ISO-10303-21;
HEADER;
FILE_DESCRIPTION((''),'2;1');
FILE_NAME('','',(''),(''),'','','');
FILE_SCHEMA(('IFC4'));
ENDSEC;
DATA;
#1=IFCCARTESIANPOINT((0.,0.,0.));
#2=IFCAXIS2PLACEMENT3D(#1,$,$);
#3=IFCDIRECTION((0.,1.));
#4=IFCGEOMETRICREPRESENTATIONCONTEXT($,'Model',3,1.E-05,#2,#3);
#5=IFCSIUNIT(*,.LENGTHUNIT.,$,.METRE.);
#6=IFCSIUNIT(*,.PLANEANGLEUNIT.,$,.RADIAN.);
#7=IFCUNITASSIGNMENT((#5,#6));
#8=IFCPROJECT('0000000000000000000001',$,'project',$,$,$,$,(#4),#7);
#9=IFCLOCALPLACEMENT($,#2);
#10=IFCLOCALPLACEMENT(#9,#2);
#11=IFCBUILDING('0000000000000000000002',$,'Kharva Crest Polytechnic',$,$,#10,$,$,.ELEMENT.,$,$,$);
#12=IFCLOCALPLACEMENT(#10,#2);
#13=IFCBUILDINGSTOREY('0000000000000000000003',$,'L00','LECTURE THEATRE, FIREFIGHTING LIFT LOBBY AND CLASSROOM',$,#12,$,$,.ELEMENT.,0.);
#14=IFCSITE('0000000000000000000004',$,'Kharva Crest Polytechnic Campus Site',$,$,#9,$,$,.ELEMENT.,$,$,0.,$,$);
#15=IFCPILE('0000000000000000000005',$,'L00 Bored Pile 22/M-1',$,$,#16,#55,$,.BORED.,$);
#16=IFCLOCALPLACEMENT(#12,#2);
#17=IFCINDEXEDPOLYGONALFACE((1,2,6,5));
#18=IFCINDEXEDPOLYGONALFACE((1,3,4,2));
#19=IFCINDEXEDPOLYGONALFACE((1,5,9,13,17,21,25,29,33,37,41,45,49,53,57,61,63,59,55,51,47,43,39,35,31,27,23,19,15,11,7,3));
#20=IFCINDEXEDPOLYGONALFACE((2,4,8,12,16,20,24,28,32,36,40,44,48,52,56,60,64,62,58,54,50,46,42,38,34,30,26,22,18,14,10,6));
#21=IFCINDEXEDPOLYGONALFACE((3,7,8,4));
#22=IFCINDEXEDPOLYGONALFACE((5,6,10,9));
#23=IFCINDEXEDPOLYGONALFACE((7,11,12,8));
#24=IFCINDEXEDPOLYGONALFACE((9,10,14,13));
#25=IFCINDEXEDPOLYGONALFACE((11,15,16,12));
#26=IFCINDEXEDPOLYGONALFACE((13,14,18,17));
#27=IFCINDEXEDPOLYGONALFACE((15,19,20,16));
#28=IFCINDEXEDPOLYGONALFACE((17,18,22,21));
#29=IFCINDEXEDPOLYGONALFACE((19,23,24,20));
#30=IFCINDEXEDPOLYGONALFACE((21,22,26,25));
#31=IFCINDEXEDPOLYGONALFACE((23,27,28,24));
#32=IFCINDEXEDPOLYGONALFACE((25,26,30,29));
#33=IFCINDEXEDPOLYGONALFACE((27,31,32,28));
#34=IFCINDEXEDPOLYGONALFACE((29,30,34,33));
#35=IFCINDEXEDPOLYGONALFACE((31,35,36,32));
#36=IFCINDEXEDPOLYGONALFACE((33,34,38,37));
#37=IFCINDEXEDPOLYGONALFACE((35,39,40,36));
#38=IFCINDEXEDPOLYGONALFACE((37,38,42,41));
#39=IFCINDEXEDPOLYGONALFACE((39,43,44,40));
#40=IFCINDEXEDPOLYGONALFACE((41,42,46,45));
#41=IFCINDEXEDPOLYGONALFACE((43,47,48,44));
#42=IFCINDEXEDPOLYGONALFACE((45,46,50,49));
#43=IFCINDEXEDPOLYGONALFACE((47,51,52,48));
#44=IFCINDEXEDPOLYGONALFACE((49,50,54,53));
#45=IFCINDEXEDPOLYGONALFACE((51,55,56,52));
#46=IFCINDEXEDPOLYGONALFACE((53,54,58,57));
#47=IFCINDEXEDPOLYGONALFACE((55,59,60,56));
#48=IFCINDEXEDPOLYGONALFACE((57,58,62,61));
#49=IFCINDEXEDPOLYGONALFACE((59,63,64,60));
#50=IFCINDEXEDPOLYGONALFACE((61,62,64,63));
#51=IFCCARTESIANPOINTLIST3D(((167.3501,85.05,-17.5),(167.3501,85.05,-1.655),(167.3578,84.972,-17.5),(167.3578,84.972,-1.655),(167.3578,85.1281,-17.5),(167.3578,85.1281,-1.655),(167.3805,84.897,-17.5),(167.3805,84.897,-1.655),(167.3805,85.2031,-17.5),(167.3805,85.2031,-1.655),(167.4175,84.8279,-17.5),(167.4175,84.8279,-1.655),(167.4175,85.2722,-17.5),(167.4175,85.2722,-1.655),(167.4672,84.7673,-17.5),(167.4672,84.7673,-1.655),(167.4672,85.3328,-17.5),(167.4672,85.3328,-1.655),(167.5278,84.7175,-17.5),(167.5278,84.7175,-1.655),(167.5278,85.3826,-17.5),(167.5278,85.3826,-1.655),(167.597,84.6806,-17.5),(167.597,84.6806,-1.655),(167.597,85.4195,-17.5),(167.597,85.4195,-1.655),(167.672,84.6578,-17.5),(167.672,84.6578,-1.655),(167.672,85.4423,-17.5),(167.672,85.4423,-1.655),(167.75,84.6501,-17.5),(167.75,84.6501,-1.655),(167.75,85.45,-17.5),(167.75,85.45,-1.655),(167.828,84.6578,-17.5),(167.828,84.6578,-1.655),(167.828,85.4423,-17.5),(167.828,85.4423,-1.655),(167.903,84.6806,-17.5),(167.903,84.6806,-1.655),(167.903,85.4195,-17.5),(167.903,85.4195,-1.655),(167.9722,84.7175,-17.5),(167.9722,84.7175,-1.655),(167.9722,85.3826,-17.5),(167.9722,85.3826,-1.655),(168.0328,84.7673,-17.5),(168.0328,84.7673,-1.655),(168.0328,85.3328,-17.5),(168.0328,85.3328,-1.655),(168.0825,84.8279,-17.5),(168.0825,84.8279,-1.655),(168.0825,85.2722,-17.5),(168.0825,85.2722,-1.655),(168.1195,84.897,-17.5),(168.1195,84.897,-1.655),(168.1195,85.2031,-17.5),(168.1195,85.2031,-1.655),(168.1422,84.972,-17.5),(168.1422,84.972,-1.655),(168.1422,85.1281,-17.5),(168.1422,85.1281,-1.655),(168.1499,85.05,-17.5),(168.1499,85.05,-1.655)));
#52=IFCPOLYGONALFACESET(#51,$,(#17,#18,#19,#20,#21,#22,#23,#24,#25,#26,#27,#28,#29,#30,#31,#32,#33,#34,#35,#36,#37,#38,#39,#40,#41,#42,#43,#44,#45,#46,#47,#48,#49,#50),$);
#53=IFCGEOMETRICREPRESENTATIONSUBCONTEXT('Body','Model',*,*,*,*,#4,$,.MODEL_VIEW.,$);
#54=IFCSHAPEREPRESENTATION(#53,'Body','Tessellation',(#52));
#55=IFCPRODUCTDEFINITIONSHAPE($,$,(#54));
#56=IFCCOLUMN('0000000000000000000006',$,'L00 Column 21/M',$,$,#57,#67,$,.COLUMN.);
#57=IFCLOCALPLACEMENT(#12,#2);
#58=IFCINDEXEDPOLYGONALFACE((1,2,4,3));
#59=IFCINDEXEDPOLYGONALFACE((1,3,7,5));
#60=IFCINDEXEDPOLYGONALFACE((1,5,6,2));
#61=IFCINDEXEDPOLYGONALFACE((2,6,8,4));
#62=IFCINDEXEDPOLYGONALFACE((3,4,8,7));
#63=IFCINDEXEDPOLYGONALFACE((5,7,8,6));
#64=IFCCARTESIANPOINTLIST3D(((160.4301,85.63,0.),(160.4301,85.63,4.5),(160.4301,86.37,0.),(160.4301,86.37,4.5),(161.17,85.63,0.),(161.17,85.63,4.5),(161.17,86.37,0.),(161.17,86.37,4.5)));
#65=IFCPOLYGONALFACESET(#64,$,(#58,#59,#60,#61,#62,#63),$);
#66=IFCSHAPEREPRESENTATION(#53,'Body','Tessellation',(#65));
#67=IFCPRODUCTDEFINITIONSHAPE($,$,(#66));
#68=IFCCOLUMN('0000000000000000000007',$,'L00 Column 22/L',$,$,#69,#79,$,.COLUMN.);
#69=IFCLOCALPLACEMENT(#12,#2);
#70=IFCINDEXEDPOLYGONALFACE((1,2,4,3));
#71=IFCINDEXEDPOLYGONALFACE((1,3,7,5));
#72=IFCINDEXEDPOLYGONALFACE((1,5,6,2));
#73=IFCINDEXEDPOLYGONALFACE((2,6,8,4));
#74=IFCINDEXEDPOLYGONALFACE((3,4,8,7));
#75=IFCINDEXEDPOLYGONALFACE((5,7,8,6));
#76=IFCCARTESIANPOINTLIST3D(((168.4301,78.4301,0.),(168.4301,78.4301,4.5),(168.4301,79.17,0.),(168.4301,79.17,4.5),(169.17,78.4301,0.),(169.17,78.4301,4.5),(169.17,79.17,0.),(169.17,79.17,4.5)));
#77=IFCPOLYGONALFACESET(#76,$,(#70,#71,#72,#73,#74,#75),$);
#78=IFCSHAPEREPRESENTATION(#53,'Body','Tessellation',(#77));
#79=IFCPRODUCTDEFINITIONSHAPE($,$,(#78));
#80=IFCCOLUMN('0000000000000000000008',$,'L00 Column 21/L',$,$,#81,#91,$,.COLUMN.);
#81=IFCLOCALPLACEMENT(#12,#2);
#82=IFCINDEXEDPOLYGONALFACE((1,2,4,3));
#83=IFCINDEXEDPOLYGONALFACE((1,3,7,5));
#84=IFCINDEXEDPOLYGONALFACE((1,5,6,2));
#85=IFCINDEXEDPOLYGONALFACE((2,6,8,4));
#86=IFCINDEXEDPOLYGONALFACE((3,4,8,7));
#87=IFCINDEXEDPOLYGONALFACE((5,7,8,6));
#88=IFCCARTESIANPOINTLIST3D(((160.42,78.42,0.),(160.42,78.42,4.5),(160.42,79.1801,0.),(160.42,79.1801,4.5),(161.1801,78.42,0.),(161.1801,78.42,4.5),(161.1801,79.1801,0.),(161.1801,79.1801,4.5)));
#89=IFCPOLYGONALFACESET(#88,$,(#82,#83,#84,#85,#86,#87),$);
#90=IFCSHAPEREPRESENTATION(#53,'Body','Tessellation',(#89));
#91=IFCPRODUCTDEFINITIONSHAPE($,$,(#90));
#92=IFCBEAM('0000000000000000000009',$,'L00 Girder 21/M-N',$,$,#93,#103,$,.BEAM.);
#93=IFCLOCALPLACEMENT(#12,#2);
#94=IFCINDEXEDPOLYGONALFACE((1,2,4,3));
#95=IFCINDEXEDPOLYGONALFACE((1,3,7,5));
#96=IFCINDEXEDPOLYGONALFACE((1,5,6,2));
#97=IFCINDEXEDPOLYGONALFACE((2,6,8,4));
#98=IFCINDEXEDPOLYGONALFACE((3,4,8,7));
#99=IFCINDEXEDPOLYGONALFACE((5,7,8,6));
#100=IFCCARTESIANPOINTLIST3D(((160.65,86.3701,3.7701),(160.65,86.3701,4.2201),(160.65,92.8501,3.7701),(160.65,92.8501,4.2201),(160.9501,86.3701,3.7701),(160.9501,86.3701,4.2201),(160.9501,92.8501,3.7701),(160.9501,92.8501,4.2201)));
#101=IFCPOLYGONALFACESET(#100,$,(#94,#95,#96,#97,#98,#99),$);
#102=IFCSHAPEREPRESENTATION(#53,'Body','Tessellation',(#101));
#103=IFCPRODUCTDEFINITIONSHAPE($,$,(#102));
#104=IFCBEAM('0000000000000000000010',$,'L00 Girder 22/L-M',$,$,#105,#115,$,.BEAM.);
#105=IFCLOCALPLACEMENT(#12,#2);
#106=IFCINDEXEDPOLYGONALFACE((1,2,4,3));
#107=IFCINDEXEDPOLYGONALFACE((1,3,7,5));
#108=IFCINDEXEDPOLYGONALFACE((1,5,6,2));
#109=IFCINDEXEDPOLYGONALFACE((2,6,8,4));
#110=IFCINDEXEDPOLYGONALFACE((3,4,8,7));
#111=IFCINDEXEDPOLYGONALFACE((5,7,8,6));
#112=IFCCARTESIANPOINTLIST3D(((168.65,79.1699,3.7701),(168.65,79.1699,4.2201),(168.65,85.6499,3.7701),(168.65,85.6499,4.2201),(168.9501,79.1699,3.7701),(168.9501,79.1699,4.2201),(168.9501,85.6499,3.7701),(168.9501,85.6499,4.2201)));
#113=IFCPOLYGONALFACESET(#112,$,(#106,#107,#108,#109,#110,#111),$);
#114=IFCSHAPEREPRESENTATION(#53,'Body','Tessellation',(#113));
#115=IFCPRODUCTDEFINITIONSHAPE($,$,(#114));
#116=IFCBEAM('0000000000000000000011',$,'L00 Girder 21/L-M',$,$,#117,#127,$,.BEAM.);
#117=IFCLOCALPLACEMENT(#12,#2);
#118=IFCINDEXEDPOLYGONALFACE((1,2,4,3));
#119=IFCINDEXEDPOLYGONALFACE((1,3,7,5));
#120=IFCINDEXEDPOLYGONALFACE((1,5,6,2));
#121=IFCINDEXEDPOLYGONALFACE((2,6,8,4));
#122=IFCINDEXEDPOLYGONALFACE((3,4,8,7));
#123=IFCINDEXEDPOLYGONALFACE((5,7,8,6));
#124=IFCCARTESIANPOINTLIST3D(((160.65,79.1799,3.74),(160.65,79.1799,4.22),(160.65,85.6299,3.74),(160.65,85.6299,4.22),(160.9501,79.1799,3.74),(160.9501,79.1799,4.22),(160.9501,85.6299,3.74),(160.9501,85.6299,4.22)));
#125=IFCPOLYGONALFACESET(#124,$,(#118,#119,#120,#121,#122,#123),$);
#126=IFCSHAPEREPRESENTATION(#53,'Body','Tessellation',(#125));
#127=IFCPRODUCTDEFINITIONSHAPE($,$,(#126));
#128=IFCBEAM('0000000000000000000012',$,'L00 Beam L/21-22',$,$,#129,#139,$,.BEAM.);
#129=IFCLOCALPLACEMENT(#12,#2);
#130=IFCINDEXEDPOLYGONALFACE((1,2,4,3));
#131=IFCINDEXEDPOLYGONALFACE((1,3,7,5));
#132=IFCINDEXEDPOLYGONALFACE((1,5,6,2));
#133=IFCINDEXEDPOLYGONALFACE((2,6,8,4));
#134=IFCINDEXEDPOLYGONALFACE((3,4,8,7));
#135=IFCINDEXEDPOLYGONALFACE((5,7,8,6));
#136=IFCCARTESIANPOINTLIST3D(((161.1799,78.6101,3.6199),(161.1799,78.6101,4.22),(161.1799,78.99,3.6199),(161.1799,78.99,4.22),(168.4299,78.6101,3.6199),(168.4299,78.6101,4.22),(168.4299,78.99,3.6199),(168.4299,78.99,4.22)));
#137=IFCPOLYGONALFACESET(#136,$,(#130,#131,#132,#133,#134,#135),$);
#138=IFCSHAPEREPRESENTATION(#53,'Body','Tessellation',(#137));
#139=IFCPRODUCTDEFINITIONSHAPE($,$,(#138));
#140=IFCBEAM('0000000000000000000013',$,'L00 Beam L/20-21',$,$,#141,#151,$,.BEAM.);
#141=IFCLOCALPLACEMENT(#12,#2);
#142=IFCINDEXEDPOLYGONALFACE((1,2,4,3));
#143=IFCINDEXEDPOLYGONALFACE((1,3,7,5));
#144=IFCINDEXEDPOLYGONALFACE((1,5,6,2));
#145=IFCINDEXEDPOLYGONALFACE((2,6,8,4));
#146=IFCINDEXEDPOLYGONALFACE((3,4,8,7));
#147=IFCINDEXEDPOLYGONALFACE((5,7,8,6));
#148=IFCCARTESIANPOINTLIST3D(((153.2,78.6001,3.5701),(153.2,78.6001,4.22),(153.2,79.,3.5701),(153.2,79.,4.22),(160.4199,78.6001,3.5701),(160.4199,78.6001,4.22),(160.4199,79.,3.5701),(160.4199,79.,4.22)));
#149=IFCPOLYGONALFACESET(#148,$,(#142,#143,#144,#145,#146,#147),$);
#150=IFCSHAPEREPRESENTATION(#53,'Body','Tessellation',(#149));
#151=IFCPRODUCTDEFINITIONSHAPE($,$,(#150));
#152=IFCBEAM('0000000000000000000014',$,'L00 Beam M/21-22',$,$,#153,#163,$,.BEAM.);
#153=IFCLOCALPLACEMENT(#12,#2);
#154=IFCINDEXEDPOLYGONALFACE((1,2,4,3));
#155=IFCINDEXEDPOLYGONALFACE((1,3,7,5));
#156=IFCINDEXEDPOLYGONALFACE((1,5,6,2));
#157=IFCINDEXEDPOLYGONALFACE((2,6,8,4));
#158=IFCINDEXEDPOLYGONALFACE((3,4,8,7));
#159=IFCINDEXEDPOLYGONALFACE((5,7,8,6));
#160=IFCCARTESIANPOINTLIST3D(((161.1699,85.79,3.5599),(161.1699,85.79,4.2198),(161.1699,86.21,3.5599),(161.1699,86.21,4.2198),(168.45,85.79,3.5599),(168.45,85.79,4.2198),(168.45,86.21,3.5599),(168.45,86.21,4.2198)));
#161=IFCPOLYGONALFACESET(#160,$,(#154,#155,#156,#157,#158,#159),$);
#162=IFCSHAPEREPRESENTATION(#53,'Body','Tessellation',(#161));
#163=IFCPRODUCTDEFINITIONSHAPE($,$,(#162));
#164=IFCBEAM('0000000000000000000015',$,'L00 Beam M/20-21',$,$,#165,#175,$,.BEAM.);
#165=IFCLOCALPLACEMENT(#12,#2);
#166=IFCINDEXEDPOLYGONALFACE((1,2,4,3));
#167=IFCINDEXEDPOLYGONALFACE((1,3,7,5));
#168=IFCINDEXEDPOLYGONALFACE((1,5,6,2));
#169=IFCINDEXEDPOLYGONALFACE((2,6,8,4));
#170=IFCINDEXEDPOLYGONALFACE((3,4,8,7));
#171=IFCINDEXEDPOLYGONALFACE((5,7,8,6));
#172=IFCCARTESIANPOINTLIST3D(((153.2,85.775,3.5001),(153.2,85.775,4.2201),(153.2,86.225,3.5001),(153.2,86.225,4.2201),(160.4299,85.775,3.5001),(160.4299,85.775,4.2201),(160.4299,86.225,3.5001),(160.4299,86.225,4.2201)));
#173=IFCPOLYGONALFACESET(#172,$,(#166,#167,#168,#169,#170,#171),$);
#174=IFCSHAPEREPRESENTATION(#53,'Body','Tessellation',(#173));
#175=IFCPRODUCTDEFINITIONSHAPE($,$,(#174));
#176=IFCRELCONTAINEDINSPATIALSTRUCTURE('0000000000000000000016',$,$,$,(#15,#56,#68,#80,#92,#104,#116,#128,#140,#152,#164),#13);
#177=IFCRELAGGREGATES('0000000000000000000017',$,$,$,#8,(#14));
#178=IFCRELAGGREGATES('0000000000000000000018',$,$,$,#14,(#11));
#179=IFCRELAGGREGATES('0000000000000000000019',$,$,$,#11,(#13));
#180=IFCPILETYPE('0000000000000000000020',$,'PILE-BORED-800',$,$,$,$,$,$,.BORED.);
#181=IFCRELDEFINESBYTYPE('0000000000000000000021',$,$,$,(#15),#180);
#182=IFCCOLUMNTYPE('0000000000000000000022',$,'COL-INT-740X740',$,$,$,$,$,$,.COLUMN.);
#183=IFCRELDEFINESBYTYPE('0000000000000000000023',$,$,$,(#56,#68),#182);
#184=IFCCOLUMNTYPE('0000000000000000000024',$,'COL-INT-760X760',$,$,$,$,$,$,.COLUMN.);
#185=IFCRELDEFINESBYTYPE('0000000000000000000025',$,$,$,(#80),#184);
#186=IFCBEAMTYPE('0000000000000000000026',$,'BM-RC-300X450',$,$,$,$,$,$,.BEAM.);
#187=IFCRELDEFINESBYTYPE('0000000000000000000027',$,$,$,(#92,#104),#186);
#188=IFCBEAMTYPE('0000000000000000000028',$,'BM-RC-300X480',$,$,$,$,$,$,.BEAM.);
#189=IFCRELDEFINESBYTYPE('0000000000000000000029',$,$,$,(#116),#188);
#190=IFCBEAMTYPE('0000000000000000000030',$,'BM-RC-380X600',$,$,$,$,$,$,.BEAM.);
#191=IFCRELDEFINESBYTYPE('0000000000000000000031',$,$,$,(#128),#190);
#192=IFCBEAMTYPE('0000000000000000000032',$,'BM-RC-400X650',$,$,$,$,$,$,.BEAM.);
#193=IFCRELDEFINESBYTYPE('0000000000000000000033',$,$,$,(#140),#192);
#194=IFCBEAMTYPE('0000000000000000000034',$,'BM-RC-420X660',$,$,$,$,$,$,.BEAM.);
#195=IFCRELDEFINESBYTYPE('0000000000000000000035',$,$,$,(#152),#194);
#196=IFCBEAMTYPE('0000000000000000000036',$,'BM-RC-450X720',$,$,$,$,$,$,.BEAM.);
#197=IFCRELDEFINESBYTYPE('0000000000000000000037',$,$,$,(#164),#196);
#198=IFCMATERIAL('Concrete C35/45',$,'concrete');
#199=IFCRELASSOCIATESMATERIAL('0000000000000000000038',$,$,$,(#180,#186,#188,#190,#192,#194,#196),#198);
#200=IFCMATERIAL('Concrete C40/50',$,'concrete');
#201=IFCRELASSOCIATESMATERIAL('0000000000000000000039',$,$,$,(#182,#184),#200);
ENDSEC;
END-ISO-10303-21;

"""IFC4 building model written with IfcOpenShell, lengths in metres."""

from ifc_helpers import new_model, si_unit, direction, frame, origin, origin_2d, place, context, subcontext, project, spatial, rectangle, circle, extrude, material, material_profile, profile_set, type_object, element, save


model = new_model("IFC4")

# Units and contexts
model_context = context("Model", 3, precision=1e-05, world=origin(), true_north=direction((0.0, 1.0)))
body_context = subcontext(model_context, "Body", "Model", "MODEL_VIEW")
ifc_project = project(units=[si_unit("LENGTHUNIT", "METRE"), si_unit("PLANEANGLEUNIT", "RADIAN")], contexts=[model_context])

# Site, building, storey
site_placement = place(None, origin())
site = spatial("IfcSite", under=ifc_project, at=site_placement, Name="Kharva Crest Polytechnic Campus Site", CompositionType="ELEMENT", RefElevation=0.0)
building_placement = place(site_placement, origin())
building = spatial("IfcBuilding", under=site, at=building_placement, Name="Kharva Crest Polytechnic", CompositionType="ELEMENT")
storey_placement = place(building_placement, origin())
storey = spatial("IfcBuildingStorey", under=building, at=storey_placement, Name="L00", Description="LECTURE THEATRE, FIREFIGHTING LIFT LOBBY AND CLASSROOM", CompositionType="ELEMENT", Elevation=0.0)

# Shared definitions
ifc_material_1 = material(Name="Concrete C35/45", Category="concrete")

# Pile
ifc_material_profile_1 = material_profile(ifc_material_1, circle(Radius=0.3999, at=origin_2d()), Name="DIA 800")
ifc_profile_set_1 = profile_set([ifc_material_profile_1], Name="Concrete C35/45")
pile_type = type_object("IfcPileType", Name="PILE-BORED-800", PredefinedType="BORED", material=ifc_profile_set_1)
for number, where, z_axis, x_axis, name in (
    (1, (167.75, 85.05, -1.655), (0.0, 0.0, -1.0), (1.0, 0.0, 0.0), "L00 Bored Pile 22/M-1"),
):
    element("IfcPile", number, at=place(storey_placement, frame(where, z_axis=z_axis, x_axis=x_axis)), inside=storey, type_object=pile_type, Name=name, PredefinedType="BORED", context=body_context, shape_type="SweptSolid", body=[
        extrude(circle(Radius=0.3999, at=origin_2d()), origin(), (0.0, 0.0, 1.0), 15.845),
    ])

# Columns
ifc_material_2 = material(Name="Concrete C40/50", Category="concrete")
ifc_material_profile_2 = material_profile(ifc_material_2, rectangle(XDim=0.74, YDim=0.74, at=origin_2d()), Name="RECT 740 X 740")
ifc_profile_set_2 = profile_set([ifc_material_profile_2], Name="Concrete C40/50")
column_type_1 = type_object("IfcColumnType", Name="COL-INT-740X740", PredefinedType="COLUMN", material=ifc_profile_set_2)
for number, where, z_axis, x_axis, name in (
    (2, (160.8, 86.0, 0.0), (0.0, 0.0, 1.0), (1.0, 0.0, 0.0), "L00 Column 21/M"),
    (3, (168.8, 78.8, 0.0), (0.0, 0.0, 1.0), (1.0, 0.0, 0.0), "L00 Column 22/L"),
):
    element("IfcColumn", number, at=place(storey_placement, frame(where, z_axis=z_axis, x_axis=x_axis)), inside=storey, type_object=column_type_1, Name=name, PredefinedType="COLUMN", context=body_context, shape_type="SweptSolid", body=[
        extrude(rectangle(XDim=0.74, YDim=0.74, at=origin_2d()), origin(), (0.0, 0.0, 1.0), 4.5),
    ])
ifc_material_profile_3 = material_profile(ifc_material_2, rectangle(XDim=0.76, YDim=0.76, at=origin_2d()), Name="RECT 760 X 760")
ifc_profile_set_3 = profile_set([ifc_material_profile_3], Name="Concrete C40/50")
column_type_2 = type_object("IfcColumnType", Name="COL-INT-760X760", PredefinedType="COLUMN", material=ifc_profile_set_3)
column_placement = place(storey_placement, frame((160.8, 78.8, 0.0), z_axis=(0.0, 0.0, 1.0), x_axis=(1.0, 0.0, 0.0)))
element("IfcColumn", 4, at=column_placement, inside=storey, type_object=column_type_2, Name="L00 Column 21/L", PredefinedType="COLUMN", context=body_context, shape_type="SweptSolid", body=[
    extrude(rectangle(XDim=0.76, YDim=0.76, at=origin_2d()), origin(), (0.0, 0.0, 1.0), 4.5),
])

# Beams
ifc_material_profile_4 = material_profile(ifc_material_1, rectangle(XDim=0.3, YDim=0.45, at=origin_2d()), Name="RECT 300 X 450")
ifc_profile_set_4 = profile_set([ifc_material_profile_4], Name="Concrete C35/45")
beam_type_1 = type_object("IfcBeamType", Name="BM-RC-300X450", PredefinedType="BEAM", material=ifc_profile_set_4)
for number, where, z_axis, x_axis, name in (
    (5, (160.8, 86.3701, 3.9951), (0.0, 1.0, 0.0), (-1.0, 0.0, 0.0), "L00 Girder 21/M-N"),
    (6, (168.8, 79.1699, 3.9951), (0.0, 1.0, 0.0), (-1.0, 0.0, 0.0), "L00 Girder 22/L-M"),
):
    element("IfcBeam", number, at=place(storey_placement, frame(where, z_axis=z_axis, x_axis=x_axis)), inside=storey, type_object=beam_type_1, Name=name, PredefinedType="BEAM", context=body_context, shape_type="SweptSolid", body=[
        extrude(rectangle(XDim=0.3, YDim=0.45, at=origin_2d()), origin(), (0.0, 0.0, 1.0), 6.48),
    ])
ifc_material_profile_5 = material_profile(ifc_material_1, rectangle(XDim=0.3, YDim=0.48, at=origin_2d()), Name="RECT 300 X 480")
ifc_profile_set_5 = profile_set([ifc_material_profile_5], Name="Concrete C35/45")
beam_type_2 = type_object("IfcBeamType", Name="BM-RC-300X480", PredefinedType="BEAM", material=ifc_profile_set_5)
beam_1_placement = place(storey_placement, frame((160.8, 79.1799, 3.98), z_axis=(0.0, 1.0, 0.0), x_axis=(-1.0, 0.0, 0.0)))
element("IfcBeam", 7, at=beam_1_placement, inside=storey, type_object=beam_type_2, Name="L00 Girder 21/L-M", PredefinedType="BEAM", context=body_context, shape_type="SweptSolid", body=[
    extrude(rectangle(XDim=0.3, YDim=0.48, at=origin_2d()), origin(), (0.0, 0.0, 1.0), 6.45),
])
ifc_material_profile_6 = material_profile(ifc_material_1, rectangle(XDim=0.3799, YDim=0.6001, at=origin_2d()), Name="RECT 380 X 600")
ifc_profile_set_6 = profile_set([ifc_material_profile_6], Name="Concrete C35/45")
beam_type_3 = type_object("IfcBeamType", Name="BM-RC-380X600", PredefinedType="BEAM", material=ifc_profile_set_6)
beam_2_placement = place(storey_placement, frame((161.1799, 78.8, 3.9199), z_axis=(1.0, 0.0, 0.0), x_axis=(0.0, 1.0, 0.0)))
element("IfcBeam", 8, at=beam_2_placement, inside=storey, type_object=beam_type_3, Name="L00 Beam L/21-22", PredefinedType="BEAM", context=body_context, shape_type="SweptSolid", body=[
    extrude(rectangle(XDim=0.3799, YDim=0.6001, at=origin_2d()), origin(), (0.0, 0.0, 1.0), 7.25),
])
ifc_material_profile_7 = material_profile(ifc_material_1, rectangle(XDim=0.3999, YDim=0.6499, at=origin_2d()), Name="RECT 400 X 650")
ifc_profile_set_7 = profile_set([ifc_material_profile_7], Name="Concrete C35/45")
beam_type_4 = type_object("IfcBeamType", Name="BM-RC-400X650", PredefinedType="BEAM", material=ifc_profile_set_7)
beam_3_placement = place(storey_placement, frame((153.2, 78.8, 3.895), z_axis=(1.0, 0.0, 0.0), x_axis=(0.0, 1.0, 0.0)))
element("IfcBeam", 9, at=beam_3_placement, inside=storey, type_object=beam_type_4, Name="L00 Beam L/20-21", PredefinedType="BEAM", context=body_context, shape_type="SweptSolid", body=[
    extrude(rectangle(XDim=0.3999, YDim=0.6499, at=origin_2d()), origin(), (0.0, 0.0, 1.0), 7.22),
])
ifc_material_profile_8 = material_profile(ifc_material_1, rectangle(XDim=0.4199, YDim=0.6599, at=origin_2d()), Name="RECT 420 X 660")
ifc_profile_set_8 = profile_set([ifc_material_profile_8], Name="Concrete C35/45")
beam_type_5 = type_object("IfcBeamType", Name="BM-RC-420X660", PredefinedType="BEAM", material=ifc_profile_set_8)
beam_4_placement = place(storey_placement, frame((161.1699, 86.0, 3.8899), z_axis=(1.0, 0.0, 0.0), x_axis=(0.0, 1.0, 0.0)))
element("IfcBeam", 10, at=beam_4_placement, inside=storey, type_object=beam_type_5, Name="L00 Beam M/21-22", PredefinedType="BEAM", context=body_context, shape_type="SweptSolid", body=[
    extrude(rectangle(XDim=0.4199, YDim=0.6599, at=origin_2d()), origin(), (0.0, 0.0, 1.0), 7.28),
])
ifc_material_profile_9 = material_profile(ifc_material_1, rectangle(XDim=0.45, YDim=0.72, at=origin_2d()), Name="RECT 450 X 720")
ifc_profile_set_9 = profile_set([ifc_material_profile_9], Name="Concrete C35/45")
beam_type_6 = type_object("IfcBeamType", Name="BM-RC-450X720", PredefinedType="BEAM", material=ifc_profile_set_9)
beam_5_placement = place(storey_placement, frame((153.2, 86.0, 3.8601), z_axis=(1.0, 0.0, 0.0), x_axis=(0.0, 1.0, 0.0)))
element("IfcBeam", 11, at=beam_5_placement, inside=storey, type_object=beam_type_6, Name="L00 Beam M/20-21", PredefinedType="BEAM", context=body_context, shape_type="SweptSolid", body=[
    extrude(rectangle(XDim=0.45, YDim=0.72, at=origin_2d()), origin(), (0.0, 0.0, 1.0), 7.23),
])

save(model, "model.ifc")
